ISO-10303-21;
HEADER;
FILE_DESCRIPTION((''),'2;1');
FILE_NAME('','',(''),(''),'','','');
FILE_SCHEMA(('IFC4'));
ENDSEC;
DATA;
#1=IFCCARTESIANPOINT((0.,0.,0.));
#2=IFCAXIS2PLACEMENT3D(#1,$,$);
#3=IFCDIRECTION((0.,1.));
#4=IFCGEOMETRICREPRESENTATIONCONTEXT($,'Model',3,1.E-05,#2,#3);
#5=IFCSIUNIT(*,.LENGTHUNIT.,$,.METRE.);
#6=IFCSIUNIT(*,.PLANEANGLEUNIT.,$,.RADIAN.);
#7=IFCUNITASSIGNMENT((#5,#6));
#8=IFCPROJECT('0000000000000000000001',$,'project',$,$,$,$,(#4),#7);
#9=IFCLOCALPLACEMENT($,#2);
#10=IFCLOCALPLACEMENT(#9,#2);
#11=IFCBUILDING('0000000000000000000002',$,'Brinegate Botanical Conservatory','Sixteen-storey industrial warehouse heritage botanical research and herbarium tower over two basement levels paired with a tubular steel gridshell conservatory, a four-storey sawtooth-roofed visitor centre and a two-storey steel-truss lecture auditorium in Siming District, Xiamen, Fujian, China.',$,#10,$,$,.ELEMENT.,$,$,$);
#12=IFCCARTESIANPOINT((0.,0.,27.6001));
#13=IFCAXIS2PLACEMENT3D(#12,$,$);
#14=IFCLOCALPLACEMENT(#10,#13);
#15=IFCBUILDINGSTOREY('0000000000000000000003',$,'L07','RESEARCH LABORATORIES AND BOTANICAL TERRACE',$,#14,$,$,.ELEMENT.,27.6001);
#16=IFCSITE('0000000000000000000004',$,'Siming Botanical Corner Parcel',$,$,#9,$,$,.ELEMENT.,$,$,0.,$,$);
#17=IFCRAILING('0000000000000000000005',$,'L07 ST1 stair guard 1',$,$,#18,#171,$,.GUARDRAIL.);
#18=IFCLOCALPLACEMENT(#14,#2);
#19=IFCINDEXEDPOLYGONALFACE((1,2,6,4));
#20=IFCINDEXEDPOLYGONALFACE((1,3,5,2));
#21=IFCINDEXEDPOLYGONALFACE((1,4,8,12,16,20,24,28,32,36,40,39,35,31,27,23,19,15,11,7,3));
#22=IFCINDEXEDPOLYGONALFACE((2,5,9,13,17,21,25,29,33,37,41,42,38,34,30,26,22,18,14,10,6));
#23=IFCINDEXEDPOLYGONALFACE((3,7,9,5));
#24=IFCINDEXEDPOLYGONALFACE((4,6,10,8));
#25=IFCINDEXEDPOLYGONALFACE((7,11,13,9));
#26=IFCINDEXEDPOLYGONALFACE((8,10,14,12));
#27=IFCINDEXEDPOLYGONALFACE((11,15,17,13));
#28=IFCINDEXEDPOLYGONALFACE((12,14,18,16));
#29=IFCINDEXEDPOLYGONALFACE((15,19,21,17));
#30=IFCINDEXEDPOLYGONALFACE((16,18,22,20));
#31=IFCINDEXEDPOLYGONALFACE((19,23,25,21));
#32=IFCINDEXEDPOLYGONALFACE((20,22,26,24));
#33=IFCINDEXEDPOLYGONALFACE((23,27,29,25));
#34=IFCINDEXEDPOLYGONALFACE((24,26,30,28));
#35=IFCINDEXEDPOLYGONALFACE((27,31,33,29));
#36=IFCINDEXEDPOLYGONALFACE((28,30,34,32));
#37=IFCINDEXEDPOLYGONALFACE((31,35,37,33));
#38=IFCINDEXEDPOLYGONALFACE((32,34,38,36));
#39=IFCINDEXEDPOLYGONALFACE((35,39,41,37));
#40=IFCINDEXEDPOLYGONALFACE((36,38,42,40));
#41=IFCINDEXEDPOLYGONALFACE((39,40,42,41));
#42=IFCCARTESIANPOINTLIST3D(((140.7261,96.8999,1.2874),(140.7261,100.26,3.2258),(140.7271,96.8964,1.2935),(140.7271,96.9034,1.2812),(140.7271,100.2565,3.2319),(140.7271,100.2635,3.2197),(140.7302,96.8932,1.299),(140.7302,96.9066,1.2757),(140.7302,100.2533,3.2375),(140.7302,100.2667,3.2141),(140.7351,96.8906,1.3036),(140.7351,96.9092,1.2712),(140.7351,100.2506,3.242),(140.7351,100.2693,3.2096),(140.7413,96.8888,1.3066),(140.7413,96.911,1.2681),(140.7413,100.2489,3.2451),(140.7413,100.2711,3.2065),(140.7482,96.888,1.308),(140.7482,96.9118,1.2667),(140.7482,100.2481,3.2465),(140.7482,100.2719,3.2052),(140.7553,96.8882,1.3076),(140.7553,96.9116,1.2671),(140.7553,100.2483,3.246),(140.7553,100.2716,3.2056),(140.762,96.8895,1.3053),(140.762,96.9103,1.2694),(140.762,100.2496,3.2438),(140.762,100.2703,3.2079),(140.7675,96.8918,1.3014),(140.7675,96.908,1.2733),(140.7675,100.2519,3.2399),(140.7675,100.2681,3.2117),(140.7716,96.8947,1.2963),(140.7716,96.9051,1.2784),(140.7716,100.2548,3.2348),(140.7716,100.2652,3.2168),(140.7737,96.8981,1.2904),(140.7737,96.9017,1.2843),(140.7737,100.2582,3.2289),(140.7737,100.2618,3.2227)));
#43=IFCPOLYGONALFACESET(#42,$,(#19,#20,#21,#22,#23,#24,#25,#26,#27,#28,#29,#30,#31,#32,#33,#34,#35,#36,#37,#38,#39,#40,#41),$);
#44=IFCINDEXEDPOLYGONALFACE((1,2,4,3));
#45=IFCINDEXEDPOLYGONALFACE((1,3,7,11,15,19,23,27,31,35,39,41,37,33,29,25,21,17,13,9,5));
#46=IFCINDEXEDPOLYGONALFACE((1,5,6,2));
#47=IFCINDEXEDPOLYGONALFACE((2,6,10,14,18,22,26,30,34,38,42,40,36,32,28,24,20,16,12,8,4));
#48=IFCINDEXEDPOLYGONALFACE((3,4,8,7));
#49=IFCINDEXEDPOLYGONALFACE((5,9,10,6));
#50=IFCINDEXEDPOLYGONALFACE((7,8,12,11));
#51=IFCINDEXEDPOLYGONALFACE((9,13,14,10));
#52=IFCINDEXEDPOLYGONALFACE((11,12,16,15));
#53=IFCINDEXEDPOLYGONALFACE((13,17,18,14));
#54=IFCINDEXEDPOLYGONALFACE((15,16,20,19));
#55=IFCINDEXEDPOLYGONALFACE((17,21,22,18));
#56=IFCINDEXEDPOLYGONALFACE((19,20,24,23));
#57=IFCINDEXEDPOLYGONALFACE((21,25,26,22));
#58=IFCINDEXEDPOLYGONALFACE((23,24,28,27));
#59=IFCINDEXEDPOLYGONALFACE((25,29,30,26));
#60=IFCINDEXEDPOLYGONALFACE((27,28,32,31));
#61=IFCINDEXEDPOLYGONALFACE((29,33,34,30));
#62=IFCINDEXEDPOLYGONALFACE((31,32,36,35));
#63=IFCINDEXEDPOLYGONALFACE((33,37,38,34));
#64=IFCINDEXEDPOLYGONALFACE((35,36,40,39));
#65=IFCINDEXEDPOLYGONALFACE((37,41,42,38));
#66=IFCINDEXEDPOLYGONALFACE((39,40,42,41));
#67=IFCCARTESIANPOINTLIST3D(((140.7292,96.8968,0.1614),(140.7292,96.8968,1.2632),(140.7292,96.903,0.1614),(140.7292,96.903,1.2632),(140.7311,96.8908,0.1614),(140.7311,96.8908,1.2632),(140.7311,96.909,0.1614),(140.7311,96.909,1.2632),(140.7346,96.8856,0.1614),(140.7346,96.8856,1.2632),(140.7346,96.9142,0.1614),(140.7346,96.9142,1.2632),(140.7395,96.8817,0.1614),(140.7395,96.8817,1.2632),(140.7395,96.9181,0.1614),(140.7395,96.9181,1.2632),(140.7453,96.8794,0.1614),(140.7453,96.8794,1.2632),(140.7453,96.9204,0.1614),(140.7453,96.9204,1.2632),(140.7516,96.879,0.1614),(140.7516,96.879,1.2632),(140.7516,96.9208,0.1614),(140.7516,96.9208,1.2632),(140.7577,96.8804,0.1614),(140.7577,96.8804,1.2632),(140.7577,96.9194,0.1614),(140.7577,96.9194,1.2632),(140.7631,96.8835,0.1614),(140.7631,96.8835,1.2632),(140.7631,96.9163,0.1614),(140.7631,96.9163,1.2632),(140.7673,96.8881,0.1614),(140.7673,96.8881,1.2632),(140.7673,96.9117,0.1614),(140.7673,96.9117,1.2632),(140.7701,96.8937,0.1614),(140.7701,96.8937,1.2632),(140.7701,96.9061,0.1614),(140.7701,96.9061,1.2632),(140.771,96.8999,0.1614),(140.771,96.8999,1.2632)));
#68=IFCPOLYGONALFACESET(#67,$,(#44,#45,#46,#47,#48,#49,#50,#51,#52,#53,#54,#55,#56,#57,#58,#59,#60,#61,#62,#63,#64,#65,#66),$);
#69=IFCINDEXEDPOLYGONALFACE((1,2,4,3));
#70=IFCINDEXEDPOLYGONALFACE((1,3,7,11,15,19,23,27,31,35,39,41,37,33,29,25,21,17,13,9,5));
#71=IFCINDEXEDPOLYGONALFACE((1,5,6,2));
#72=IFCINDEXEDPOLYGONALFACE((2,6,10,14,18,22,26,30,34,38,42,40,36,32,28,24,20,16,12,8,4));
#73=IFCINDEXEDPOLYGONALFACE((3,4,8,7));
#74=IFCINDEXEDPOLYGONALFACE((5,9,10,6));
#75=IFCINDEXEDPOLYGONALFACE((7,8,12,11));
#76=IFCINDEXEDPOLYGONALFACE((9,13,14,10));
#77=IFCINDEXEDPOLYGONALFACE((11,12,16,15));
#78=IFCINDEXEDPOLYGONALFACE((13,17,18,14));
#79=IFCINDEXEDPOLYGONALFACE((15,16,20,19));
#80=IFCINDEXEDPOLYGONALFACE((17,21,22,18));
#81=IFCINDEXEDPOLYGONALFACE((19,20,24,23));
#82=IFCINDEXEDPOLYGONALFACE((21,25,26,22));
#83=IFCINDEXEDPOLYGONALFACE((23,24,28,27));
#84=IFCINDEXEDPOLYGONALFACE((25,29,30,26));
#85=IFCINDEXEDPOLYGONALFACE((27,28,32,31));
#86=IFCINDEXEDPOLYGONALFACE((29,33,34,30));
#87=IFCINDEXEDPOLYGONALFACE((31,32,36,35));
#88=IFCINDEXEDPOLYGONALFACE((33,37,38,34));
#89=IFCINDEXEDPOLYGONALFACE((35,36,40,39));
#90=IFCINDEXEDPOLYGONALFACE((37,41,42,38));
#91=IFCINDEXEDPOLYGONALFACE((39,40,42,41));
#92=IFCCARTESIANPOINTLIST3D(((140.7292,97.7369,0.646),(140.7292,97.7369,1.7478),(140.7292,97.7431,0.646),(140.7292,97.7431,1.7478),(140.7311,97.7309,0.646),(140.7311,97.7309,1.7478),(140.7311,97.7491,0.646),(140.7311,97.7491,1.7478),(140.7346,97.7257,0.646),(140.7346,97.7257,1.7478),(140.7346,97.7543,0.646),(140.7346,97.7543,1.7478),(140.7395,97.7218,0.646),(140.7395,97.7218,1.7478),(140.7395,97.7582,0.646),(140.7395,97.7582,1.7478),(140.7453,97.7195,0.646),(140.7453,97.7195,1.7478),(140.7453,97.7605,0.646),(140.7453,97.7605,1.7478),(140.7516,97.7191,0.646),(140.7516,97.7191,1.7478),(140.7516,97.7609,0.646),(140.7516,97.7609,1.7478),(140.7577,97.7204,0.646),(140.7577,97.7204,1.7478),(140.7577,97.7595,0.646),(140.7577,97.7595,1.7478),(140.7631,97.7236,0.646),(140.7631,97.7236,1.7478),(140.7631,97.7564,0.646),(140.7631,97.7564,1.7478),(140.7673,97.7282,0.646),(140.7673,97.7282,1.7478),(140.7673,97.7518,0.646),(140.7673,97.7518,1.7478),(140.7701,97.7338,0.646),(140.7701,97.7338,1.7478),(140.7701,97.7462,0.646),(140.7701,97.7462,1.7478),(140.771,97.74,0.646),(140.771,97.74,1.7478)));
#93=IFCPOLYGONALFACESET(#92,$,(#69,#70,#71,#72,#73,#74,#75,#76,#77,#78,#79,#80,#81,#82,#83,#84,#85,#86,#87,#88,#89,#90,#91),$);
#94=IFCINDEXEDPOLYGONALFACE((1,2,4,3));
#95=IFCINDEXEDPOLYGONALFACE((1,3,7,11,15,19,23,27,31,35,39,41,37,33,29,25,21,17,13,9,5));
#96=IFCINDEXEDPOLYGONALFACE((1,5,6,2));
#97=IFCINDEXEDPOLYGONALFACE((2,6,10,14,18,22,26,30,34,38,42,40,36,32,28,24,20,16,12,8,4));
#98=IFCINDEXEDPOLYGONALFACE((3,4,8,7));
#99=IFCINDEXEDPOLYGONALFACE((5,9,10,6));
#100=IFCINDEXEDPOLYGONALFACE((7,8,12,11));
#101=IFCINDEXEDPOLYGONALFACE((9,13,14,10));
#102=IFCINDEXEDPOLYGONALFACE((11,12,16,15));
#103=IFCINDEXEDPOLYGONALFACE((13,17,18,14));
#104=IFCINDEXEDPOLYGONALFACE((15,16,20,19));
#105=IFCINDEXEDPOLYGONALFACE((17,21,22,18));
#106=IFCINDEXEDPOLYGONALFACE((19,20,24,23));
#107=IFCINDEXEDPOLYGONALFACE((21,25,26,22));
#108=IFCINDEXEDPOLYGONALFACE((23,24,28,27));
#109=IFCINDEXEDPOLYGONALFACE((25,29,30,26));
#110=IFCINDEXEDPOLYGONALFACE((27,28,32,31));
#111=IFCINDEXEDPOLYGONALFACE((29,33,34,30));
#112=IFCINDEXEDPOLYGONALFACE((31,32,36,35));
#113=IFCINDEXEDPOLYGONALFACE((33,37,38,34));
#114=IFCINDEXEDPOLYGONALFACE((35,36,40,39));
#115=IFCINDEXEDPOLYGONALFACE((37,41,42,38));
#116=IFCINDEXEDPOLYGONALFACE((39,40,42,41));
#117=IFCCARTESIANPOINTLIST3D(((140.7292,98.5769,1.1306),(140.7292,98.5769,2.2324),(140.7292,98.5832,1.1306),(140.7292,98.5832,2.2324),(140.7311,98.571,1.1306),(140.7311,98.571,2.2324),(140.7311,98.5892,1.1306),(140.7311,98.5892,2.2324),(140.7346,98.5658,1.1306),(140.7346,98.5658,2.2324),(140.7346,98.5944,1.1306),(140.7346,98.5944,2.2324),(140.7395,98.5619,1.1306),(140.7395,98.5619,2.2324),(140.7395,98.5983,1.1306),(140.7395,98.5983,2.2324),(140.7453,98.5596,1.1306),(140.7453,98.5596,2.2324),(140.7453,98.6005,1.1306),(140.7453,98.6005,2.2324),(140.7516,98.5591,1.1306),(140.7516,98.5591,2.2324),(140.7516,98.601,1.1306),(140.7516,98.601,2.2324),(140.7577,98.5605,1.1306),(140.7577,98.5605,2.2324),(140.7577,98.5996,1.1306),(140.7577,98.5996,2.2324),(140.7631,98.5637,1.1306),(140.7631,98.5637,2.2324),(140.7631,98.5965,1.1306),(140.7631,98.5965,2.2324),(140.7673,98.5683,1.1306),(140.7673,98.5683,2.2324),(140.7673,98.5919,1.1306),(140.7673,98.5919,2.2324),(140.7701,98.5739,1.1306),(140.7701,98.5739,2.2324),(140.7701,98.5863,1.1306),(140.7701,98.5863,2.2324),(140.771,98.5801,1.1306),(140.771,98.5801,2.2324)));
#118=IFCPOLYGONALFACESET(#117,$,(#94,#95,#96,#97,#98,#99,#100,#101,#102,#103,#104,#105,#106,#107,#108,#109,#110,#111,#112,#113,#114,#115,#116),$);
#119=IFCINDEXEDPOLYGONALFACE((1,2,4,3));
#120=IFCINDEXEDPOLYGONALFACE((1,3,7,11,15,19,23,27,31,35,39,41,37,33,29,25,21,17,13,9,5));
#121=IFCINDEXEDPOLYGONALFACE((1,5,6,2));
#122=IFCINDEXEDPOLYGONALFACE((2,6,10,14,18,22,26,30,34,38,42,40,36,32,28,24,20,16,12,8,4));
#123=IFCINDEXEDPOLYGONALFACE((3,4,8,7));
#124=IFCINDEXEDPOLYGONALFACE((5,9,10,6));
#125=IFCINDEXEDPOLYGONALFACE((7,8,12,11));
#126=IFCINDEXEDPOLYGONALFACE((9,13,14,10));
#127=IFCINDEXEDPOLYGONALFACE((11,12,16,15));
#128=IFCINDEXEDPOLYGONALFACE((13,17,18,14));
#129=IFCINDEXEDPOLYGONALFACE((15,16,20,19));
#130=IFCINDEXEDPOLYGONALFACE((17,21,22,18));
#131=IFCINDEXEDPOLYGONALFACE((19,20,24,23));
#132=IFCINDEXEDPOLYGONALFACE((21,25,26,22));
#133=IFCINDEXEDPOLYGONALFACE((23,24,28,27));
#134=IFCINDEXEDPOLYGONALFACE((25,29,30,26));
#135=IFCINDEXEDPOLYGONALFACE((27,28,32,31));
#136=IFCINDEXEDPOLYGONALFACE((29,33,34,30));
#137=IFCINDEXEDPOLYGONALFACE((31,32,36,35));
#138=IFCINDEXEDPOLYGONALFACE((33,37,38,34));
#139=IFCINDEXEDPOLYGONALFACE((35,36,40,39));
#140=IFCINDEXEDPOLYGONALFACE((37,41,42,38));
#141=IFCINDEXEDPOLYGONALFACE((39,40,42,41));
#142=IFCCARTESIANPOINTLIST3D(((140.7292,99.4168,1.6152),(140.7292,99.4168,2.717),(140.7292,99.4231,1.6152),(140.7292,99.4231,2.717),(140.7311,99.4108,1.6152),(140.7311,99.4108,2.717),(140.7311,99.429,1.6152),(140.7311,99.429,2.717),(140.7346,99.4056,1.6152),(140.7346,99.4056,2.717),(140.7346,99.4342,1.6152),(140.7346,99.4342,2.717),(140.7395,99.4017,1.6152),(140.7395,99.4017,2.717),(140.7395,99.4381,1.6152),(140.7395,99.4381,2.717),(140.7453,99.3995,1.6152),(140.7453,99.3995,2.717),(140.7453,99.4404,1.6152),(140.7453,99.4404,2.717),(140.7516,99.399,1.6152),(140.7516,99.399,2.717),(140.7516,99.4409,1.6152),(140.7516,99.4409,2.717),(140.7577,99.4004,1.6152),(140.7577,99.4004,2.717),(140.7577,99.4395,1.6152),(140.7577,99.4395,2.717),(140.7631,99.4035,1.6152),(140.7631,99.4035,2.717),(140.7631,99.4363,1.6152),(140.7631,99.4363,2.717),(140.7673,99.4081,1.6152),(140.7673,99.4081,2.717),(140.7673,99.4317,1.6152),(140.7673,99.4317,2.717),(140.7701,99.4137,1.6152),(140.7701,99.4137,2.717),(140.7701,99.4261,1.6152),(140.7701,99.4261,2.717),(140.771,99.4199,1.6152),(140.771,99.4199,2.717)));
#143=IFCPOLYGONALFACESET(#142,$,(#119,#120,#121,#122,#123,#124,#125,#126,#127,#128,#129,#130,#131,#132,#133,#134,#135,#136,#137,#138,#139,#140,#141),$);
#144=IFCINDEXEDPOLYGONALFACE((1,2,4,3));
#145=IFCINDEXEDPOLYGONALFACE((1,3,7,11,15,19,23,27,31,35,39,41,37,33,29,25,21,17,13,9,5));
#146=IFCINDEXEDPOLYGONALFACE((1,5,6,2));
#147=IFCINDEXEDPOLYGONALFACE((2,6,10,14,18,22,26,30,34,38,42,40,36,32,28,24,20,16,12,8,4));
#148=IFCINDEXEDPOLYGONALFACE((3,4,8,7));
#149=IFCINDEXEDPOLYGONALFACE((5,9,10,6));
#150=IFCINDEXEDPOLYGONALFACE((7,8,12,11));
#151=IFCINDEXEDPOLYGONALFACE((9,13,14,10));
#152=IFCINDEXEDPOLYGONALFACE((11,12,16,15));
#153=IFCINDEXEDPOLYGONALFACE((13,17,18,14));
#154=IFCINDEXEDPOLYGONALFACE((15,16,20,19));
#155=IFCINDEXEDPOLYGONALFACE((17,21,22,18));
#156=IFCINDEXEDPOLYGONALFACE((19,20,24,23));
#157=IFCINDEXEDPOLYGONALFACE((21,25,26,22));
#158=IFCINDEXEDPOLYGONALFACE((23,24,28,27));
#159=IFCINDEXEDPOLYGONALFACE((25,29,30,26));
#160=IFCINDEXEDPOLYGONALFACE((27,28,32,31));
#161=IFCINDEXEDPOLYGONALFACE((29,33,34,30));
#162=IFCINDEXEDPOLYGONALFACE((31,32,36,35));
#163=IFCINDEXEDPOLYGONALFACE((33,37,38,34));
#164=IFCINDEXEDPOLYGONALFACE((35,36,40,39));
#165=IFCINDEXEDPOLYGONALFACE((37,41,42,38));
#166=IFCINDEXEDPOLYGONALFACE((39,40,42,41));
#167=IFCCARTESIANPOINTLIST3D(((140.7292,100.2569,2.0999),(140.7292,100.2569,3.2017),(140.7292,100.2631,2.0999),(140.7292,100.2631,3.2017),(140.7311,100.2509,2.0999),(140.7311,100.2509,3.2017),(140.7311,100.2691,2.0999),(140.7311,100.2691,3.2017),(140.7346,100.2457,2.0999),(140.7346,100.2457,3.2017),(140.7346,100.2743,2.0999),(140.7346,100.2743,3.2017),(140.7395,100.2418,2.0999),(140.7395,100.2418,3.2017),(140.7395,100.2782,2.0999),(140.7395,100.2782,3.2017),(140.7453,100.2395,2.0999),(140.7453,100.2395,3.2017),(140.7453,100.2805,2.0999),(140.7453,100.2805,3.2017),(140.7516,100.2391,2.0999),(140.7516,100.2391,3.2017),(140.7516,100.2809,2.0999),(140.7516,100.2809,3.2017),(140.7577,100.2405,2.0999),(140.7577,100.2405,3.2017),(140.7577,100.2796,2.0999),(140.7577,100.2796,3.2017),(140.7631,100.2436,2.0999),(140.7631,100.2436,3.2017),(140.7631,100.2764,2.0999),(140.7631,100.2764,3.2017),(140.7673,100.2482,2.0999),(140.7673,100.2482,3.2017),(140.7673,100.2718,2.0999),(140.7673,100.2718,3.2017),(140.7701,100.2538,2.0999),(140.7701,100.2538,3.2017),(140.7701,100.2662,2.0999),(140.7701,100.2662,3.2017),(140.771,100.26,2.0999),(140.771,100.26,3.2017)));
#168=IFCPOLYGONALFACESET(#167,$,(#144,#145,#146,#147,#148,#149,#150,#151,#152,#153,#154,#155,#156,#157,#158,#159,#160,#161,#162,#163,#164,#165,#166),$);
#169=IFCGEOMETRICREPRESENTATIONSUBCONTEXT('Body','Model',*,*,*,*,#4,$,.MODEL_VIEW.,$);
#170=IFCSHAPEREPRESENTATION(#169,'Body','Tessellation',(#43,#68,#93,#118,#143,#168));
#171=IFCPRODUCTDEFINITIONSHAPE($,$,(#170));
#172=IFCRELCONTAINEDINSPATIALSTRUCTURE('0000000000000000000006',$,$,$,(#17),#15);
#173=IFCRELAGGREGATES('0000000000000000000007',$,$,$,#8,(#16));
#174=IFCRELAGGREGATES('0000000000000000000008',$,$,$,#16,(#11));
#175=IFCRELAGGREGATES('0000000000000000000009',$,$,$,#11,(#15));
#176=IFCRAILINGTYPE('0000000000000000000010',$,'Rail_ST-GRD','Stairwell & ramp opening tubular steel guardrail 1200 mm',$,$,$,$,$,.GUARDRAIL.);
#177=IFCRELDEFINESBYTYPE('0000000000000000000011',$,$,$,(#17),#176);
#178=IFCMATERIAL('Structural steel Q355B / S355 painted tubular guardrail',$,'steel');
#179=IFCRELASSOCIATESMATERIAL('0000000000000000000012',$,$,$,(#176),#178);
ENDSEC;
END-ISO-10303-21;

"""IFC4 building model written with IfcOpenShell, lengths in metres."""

from ifc_helpers import new_model, si_unit, direction, frame, origin, origin_2d, place, context, subcontext, project, spatial, circle, extrude, material, type_object, element, save


model = new_model("IFC4")

# Units and contexts
model_context = context("Model", 3, precision=1e-05, world=origin(), true_north=direction((0.0, 1.0)))
body_context = subcontext(model_context, "Body", "Model", "MODEL_VIEW")
ifc_project = project(units=[si_unit("LENGTHUNIT", "METRE"), si_unit("PLANEANGLEUNIT", "RADIAN")], contexts=[model_context])

# Site, building, storey
site_placement = place(None, origin())
site = spatial("IfcSite", under=ifc_project, at=site_placement, Name="Siming Botanical Corner Parcel", CompositionType="ELEMENT", RefElevation=0.0)
building_placement = place(site_placement, origin())
building = spatial("IfcBuilding", under=site, at=building_placement, Name="Brinegate Botanical Conservatory", Description="Sixteen-storey industrial warehouse heritage botanical research and herbarium tower over two basement levels paired with a tubular steel gridshell conservatory, a four-storey sawtooth-roofed visitor centre and a two-storey steel-truss lecture auditorium in Siming District, Xiamen, Fujian, China.", CompositionType="ELEMENT")
storey_placement = place(building_placement, frame((0.0, 0.0, 27.6001)))
storey = spatial("IfcBuildingStorey", under=building, at=storey_placement, Name="L07", Description="RESEARCH LABORATORIES AND BOTANICAL TERRACE", CompositionType="ELEMENT", Elevation=27.6001)

# Railing
ifc_material_1 = material(Name="Structural steel Q355B / S355 painted tubular guardrail", Category="steel")
railing_type_1 = type_object("IfcRailingType", Name="Rail_ST-GRD", Description="Stairwell & ramp opening tubular steel guardrail 1200 mm", PredefinedType="GUARDRAIL", material=ifc_material_1)
railing_1_placement = place(storey_placement, frame((140.75, 96.8999, 0.1614)))
element("IfcRailing", 1, at=railing_1_placement, inside=storey, type_object=railing_type_1, Name="L07 ST1 stair guard 1", PredefinedType="GUARDRAIL", context=body_context, shape_type="SweptSolid", body=[
    extrude(circle(Radius=0.0239, at=origin_2d()), frame((0.0, 0.0, 1.126), z_axis=(0.0, 0.866191, 0.499713), x_axis=(-1.0, 0.0, 0.0)), (0.0, 0.0, 1.0), 3.8792),
    extrude(circle(Radius=0.021, at=origin_2d()), origin(), (0.0, 0.0, 1.0), 1.1018),
    extrude(circle(Radius=0.021, at=origin_2d()), frame((0.0, 0.8401, 0.4846)), (0.0, 0.0, 1.0), 1.1018),
    extrude(circle(Radius=0.021, at=origin_2d()), frame((0.0, 1.6802, 0.9692)), (0.0, 0.0, 1.0), 1.1018),
    extrude(circle(Radius=0.021, at=origin_2d()), frame((0.0, 2.52, 1.4539)), (0.0, 0.0, 1.0), 1.1018),
    extrude(circle(Radius=0.021, at=origin_2d()), frame((0.0, 3.3601, 1.9385)), (0.0, 0.0, 1.0), 1.1018),
])

save(model, "model.ifc")
